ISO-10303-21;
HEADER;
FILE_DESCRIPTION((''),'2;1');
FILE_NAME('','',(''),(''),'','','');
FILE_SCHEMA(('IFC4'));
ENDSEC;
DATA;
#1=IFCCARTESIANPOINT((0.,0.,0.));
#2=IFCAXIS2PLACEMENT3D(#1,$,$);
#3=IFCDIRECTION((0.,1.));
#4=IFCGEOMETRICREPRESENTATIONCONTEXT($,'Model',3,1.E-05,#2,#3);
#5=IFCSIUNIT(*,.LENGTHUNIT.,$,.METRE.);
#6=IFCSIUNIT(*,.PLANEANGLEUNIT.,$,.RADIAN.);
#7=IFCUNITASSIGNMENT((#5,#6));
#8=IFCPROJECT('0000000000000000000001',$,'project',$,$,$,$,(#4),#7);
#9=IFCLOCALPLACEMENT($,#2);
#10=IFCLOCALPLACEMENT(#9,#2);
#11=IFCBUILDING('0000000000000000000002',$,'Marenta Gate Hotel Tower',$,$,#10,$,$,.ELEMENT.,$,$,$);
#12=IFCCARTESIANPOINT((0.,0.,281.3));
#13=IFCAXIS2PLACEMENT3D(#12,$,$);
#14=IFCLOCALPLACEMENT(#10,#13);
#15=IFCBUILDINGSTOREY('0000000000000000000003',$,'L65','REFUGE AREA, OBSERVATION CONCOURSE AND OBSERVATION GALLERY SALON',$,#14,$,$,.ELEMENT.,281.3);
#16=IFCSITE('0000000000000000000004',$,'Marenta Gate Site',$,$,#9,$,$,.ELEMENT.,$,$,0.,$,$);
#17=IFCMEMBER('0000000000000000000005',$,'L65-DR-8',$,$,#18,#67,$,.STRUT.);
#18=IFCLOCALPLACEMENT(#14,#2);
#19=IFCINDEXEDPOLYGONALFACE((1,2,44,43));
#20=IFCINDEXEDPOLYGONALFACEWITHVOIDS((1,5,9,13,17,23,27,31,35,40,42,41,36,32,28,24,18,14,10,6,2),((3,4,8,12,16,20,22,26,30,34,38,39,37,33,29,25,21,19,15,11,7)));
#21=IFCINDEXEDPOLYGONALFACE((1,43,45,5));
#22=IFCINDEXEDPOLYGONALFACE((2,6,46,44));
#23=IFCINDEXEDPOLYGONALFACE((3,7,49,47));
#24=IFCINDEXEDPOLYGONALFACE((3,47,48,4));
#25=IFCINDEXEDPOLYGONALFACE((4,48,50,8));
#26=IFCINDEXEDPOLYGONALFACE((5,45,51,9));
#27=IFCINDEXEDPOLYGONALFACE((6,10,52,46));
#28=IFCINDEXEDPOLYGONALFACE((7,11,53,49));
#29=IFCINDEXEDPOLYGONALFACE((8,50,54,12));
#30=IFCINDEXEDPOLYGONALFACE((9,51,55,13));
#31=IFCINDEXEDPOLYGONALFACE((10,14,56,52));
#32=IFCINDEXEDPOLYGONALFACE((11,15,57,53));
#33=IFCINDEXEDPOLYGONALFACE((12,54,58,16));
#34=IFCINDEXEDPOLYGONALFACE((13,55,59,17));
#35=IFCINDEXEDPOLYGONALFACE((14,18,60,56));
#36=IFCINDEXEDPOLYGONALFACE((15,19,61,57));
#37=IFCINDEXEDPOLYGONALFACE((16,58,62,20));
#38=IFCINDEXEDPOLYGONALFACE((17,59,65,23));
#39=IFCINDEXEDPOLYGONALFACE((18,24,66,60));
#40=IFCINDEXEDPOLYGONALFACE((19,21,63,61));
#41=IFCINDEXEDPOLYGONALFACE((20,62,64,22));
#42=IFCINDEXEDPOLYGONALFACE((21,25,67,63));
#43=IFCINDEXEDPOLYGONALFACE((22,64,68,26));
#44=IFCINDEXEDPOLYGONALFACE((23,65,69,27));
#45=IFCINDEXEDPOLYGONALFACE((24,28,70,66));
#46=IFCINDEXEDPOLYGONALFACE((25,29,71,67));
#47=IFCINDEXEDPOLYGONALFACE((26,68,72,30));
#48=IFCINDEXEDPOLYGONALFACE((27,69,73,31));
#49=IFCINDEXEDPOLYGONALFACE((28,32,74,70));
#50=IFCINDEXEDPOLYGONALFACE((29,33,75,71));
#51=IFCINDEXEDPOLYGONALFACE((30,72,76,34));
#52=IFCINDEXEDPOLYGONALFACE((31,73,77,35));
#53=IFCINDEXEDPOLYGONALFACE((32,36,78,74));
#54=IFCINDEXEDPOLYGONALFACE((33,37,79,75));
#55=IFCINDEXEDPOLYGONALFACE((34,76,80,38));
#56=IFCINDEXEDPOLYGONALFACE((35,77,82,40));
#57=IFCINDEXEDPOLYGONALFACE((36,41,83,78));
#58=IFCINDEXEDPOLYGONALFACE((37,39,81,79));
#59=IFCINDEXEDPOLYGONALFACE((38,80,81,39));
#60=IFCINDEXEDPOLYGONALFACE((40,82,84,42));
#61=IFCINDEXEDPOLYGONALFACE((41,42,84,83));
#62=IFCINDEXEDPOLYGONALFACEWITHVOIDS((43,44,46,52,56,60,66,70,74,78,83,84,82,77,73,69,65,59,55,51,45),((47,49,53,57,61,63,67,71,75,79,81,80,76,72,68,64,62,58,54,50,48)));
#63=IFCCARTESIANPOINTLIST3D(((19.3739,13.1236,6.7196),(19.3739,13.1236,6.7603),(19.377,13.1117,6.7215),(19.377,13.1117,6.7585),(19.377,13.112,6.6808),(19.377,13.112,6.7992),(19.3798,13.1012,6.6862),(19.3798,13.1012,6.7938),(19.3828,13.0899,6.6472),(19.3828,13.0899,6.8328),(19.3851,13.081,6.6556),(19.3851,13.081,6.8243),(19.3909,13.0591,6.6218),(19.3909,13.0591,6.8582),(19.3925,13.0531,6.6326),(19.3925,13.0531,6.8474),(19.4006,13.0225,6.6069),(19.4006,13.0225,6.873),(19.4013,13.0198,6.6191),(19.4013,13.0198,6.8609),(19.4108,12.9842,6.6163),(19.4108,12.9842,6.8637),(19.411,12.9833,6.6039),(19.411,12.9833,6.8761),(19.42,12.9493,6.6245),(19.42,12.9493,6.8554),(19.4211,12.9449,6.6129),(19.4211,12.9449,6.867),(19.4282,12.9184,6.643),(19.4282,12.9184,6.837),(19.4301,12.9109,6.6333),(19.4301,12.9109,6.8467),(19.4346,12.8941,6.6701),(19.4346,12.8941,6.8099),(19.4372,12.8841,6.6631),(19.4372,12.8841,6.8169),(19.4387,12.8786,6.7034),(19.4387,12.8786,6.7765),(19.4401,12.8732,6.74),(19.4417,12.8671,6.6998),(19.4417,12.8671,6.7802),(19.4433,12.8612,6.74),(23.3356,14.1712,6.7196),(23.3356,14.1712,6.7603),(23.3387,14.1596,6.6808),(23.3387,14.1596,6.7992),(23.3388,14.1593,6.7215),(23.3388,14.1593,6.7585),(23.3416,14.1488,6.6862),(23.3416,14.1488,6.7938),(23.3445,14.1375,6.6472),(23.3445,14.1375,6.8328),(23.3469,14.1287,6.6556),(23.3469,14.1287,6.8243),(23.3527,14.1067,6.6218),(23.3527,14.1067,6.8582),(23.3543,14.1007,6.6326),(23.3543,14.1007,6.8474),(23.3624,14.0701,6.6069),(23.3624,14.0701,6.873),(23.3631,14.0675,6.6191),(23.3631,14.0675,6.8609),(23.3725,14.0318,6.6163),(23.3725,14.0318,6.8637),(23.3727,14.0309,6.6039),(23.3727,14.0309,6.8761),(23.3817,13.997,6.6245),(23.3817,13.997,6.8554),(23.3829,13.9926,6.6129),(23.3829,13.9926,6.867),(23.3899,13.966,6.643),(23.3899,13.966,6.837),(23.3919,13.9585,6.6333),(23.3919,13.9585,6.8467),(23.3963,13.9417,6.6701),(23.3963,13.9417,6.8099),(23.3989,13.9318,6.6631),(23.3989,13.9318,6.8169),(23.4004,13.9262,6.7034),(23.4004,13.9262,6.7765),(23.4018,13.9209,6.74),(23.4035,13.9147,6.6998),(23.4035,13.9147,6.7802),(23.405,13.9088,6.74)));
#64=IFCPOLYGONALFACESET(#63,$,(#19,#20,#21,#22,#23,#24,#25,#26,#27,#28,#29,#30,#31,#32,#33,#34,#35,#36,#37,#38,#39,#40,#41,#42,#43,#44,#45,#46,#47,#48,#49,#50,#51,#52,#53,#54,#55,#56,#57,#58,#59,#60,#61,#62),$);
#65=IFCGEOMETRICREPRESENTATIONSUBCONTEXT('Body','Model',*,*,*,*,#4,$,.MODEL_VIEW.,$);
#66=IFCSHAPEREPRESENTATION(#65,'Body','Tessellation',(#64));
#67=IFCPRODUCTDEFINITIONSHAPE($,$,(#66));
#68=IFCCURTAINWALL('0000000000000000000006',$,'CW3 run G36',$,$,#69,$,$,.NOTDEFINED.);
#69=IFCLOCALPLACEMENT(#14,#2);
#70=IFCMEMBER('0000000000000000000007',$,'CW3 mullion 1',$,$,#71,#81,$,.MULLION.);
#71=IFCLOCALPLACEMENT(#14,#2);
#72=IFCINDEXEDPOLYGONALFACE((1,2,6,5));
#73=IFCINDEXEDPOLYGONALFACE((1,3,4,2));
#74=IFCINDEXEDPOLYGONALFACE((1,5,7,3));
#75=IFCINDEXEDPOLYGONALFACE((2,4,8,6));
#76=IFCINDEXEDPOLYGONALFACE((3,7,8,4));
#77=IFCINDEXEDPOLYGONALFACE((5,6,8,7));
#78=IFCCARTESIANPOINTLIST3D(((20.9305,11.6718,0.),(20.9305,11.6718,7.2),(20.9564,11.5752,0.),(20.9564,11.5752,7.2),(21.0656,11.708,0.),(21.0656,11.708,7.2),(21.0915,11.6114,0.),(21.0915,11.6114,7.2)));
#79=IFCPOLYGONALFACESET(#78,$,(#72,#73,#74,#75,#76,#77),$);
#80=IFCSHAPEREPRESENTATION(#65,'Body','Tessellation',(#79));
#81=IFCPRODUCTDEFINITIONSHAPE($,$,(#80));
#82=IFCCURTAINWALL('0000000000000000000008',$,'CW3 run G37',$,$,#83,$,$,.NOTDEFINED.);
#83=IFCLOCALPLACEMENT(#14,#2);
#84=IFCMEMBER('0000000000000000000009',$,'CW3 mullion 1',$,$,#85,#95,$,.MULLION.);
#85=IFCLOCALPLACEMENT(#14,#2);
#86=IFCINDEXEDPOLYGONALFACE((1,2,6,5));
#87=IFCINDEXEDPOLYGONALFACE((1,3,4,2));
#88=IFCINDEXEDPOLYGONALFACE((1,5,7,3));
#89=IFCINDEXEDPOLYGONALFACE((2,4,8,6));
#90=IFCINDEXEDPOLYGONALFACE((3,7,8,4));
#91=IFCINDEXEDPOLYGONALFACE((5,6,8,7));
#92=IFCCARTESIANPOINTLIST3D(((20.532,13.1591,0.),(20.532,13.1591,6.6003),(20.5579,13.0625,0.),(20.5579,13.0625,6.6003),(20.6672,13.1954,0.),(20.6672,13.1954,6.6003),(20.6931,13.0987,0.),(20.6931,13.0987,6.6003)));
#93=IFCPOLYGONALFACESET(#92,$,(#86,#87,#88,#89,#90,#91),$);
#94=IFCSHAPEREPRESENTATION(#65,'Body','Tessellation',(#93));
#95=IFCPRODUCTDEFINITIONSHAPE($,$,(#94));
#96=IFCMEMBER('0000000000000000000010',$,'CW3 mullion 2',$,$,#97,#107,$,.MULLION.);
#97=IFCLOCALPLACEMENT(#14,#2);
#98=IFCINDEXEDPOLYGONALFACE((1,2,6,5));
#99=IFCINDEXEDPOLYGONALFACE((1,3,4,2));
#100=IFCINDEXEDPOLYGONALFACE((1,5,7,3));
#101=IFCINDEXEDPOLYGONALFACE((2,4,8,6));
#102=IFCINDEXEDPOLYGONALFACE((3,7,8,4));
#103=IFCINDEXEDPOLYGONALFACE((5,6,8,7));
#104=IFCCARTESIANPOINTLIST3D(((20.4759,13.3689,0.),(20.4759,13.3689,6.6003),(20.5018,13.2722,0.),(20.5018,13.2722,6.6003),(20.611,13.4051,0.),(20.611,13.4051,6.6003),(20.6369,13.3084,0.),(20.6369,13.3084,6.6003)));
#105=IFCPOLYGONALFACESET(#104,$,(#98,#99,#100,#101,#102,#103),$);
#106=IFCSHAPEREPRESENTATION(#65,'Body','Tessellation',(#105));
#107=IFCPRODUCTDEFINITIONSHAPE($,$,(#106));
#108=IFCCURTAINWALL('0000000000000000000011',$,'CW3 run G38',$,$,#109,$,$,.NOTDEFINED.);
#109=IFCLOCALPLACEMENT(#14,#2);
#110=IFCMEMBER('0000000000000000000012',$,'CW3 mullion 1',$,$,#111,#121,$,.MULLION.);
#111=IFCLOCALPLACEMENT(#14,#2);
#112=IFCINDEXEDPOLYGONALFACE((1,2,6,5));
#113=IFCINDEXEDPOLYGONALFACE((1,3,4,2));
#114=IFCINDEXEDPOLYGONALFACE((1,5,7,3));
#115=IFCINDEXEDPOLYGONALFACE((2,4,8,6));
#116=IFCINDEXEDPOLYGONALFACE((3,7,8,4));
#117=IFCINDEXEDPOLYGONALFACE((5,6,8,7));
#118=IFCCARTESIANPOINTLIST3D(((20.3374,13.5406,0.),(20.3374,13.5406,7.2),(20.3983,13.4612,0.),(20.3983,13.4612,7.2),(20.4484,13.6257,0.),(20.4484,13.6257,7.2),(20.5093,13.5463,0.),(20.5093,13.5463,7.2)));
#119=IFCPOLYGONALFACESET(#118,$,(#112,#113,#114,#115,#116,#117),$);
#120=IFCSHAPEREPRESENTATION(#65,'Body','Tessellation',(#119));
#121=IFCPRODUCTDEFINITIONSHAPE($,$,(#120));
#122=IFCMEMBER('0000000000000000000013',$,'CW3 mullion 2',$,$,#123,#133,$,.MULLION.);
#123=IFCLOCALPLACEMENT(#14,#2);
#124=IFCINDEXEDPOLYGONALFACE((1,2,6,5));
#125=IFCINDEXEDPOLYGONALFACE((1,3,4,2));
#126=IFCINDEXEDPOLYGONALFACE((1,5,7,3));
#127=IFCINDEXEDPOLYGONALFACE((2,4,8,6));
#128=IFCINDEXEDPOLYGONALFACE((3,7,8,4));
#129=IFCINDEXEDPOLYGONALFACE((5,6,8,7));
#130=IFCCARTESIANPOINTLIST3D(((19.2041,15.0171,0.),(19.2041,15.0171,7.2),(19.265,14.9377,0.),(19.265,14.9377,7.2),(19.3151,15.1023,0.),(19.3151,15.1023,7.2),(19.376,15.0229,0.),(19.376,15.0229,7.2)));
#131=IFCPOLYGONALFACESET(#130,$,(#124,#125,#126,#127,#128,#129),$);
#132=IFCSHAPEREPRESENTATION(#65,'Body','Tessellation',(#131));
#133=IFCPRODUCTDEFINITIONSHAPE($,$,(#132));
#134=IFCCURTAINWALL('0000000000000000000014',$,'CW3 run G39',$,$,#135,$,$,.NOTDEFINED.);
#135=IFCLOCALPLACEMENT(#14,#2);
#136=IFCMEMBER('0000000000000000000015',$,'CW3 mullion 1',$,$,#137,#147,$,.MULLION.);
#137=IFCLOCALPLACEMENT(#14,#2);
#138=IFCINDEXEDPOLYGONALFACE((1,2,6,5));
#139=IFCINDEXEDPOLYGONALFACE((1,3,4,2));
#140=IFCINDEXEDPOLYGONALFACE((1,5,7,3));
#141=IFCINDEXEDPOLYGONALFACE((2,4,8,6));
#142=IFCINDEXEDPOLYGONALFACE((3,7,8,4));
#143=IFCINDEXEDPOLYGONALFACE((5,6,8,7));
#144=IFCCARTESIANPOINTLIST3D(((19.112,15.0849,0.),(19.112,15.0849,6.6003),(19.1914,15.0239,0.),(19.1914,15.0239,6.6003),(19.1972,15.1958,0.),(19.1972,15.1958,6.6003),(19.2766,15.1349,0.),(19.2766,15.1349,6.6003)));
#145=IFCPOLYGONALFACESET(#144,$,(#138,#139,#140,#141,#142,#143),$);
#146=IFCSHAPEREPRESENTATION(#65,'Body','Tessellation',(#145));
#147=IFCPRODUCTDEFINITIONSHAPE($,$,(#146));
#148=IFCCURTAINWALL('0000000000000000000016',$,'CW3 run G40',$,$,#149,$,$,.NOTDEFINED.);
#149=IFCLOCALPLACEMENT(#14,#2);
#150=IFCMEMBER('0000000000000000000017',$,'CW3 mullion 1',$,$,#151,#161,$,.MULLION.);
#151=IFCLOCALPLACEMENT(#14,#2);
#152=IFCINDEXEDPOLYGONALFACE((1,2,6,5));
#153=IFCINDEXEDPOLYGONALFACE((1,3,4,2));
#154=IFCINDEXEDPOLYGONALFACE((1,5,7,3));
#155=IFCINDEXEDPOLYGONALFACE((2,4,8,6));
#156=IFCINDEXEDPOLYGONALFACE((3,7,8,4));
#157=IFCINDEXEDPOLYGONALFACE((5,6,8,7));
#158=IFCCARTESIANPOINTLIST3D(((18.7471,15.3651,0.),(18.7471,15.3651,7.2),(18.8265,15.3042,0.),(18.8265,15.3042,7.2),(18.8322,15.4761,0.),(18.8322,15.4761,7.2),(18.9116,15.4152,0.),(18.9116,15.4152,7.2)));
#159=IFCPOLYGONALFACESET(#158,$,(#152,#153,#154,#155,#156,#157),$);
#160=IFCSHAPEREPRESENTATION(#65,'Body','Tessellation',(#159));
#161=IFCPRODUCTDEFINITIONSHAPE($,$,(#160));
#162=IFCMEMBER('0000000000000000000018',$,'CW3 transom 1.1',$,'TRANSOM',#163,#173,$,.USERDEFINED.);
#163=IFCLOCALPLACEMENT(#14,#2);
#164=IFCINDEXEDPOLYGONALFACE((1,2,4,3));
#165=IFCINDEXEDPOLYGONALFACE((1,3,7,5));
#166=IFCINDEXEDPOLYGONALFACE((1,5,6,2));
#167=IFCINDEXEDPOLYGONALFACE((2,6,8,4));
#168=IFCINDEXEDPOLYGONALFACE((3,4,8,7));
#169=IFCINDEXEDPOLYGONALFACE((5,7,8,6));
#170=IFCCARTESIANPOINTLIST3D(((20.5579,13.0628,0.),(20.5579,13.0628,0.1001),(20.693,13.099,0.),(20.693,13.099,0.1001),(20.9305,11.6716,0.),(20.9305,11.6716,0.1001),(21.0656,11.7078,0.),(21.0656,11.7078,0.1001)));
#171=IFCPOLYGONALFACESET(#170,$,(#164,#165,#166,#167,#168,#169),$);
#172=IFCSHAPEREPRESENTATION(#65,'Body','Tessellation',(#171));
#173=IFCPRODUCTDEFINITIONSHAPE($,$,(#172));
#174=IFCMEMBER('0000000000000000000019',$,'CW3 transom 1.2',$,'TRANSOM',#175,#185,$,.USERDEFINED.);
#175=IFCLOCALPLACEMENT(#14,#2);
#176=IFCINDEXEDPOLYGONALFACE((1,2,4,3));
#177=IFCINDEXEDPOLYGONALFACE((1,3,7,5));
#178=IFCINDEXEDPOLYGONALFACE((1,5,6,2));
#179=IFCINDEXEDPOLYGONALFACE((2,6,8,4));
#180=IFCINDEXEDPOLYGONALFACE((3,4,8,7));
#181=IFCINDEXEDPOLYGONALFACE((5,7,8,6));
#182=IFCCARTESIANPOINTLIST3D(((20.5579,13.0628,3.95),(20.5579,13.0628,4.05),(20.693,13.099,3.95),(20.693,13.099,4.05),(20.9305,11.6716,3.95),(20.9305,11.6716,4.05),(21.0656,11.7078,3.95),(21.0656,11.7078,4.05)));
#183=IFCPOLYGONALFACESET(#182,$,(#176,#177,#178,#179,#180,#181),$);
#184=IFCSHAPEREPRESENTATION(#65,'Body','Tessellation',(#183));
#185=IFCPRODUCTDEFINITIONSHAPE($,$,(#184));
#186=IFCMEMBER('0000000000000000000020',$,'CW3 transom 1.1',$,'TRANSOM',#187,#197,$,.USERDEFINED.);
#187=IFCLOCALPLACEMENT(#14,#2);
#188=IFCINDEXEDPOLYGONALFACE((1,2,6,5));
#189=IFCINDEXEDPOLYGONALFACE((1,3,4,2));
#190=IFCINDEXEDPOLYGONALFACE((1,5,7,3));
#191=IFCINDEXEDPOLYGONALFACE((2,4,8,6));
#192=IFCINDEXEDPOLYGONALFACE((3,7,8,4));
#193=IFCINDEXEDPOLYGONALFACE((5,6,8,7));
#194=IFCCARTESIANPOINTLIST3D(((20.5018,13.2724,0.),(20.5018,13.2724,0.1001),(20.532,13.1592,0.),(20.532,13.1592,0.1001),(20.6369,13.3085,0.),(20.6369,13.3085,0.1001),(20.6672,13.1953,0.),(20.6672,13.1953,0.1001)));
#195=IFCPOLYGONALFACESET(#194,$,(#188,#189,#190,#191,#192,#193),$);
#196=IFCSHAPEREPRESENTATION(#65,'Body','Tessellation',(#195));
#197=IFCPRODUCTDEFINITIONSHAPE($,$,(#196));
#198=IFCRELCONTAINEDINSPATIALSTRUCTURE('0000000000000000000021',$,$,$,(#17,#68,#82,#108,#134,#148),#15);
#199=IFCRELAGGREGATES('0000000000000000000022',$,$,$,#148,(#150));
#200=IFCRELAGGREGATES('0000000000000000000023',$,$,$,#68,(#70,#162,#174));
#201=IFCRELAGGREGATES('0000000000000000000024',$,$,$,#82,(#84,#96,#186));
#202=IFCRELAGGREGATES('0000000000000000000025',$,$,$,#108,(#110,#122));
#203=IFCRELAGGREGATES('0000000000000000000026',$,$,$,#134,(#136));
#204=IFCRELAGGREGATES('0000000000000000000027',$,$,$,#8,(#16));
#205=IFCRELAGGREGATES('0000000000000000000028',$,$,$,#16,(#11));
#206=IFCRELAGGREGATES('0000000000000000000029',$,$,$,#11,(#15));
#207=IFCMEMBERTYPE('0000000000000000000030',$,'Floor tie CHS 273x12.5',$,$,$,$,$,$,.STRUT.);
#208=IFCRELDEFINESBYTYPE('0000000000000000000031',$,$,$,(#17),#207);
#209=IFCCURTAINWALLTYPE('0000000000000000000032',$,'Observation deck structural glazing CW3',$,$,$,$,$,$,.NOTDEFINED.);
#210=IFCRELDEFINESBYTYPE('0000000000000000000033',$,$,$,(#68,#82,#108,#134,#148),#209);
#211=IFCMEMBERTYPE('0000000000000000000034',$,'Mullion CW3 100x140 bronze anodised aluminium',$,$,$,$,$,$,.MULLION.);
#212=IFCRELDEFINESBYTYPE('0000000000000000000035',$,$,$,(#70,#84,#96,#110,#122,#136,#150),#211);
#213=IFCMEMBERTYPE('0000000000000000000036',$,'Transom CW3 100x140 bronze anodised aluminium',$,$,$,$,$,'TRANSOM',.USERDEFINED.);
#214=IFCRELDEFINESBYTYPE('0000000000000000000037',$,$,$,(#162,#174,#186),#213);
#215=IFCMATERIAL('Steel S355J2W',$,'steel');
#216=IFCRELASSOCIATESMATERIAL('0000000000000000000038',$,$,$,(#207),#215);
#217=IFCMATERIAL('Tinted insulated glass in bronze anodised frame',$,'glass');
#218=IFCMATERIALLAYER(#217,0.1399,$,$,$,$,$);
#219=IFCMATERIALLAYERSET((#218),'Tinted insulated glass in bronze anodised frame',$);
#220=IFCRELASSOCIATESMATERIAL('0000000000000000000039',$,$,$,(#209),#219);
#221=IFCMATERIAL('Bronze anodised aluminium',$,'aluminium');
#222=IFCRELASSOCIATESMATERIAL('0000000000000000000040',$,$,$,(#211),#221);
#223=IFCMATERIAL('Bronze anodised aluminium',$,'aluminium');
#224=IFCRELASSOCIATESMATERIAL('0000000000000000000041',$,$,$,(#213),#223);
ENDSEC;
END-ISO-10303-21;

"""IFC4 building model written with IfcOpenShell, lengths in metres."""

from ifc_helpers import new_model, si_unit, direction, frame, origin, origin_2d, place, context, subcontext, project, spatial, rectangle, hollow_circle, extrude, material, layer, layer_set, material_profile, profile_set, type_object, element, aggregate, save


model = new_model("IFC4")

# Units and contexts
model_context = context("Model", 3, precision=1e-05, world=origin(), true_north=direction((0.0, 1.0)))
body_context = subcontext(model_context, "Body", "Model", "MODEL_VIEW")
ifc_project = project(units=[si_unit("LENGTHUNIT", "METRE"), si_unit("PLANEANGLEUNIT", "RADIAN")], contexts=[model_context])

# Site, building, storey
site_placement = place(None, origin())
site = spatial("IfcSite", under=ifc_project, at=site_placement, Name="Marenta Gate Site", CompositionType="ELEMENT", RefElevation=0.0)
building_placement = place(site_placement, origin())
building = spatial("IfcBuilding", under=site, at=building_placement, Name="Marenta Gate Hotel Tower", CompositionType="ELEMENT")
storey_placement = place(building_placement, frame((0.0, 0.0, 281.3)))
storey = spatial("IfcBuildingStorey", under=building, at=storey_placement, Name="L65", Description="REFUGE AREA, OBSERVATION CONCOURSE AND OBSERVATION GALLERY SALON", CompositionType="ELEMENT", Elevation=281.3)

# Member
ifc_material_1 = material(Name="Steel S355J2W", Category="steel")
ifc_material_profile_1 = material_profile(ifc_material_1, hollow_circle(Radius=0.1365, WallThickness=0.0125, at=origin_2d()), Name="CHS 273x12.5")
ifc_profile_set_1 = profile_set([ifc_material_profile_1], Name="Steel S355J2W")
member_type_1 = type_object("IfcMemberType", Name="Floor tie CHS 273x12.5", PredefinedType="STRUT", material=ifc_profile_set_1)
member_1_placement = place(storey_placement, frame((23.3701, 14.0408, 6.74), z_axis=(-0.96677, -0.255649, 0.0), x_axis=(0.255649, -0.96677, 0.0)))
element("IfcMember", 1, at=member_1_placement, inside=storey, type_object=member_type_1, Name="L65-DR-8", PredefinedType="STRUT", context=body_context, shape_type="SweptSolid", body=[
    extrude(hollow_circle(Radius=0.1365, WallThickness=0.0125, at=origin_2d()), origin(), (0.0, 0.0, 1.0), 4.0979),
])

# Curtain wall, member
ifc_material_2 = material(Name="Tinted insulated glass in bronze anodised frame", Category="glass")
ifc_layer_1 = layer(ifc_material_2, 0.1399)
ifc_layer_set_1 = layer_set([ifc_layer_1], Name="Tinted insulated glass in bronze anodised frame")
curtain_wall_type = type_object("IfcCurtainWallType", Name="Observation deck structural glazing CW3", PredefinedType="NOTDEFINED", material=ifc_layer_set_1)
curtain_wall_1_placement = place(storey_placement, origin())
curtain_wall_1 = element("IfcCurtainWall", 2, at=curtain_wall_1_placement, inside=storey, type_object=curtain_wall_type, Name="CW3 run G36", PredefinedType="NOTDEFINED")
ifc_material_3 = material(Name="Bronze anodised aluminium", Category="aluminium")
ifc_material_profile_2 = material_profile(ifc_material_3, rectangle(XDim=0.1399, YDim=0.1001, at=origin_2d()), Name="Mullion CW3 100x140 bronze anodised aluminium")
ifc_profile_set_2 = profile_set([ifc_material_profile_2], Name="Bronze anodised aluminium")
member_type_2 = type_object("IfcMemberType", Name="Mullion CW3 100x140 bronze anodised aluminium", PredefinedType="MULLION", material=ifc_profile_set_2)
member_2_placement = place(storey_placement, frame((21.011, 11.6416, 0.0), z_axis=(0.0, 0.0, 1.0), x_axis=(-0.965938, -0.258774, 0.0)))
member_2 = element("IfcMember", 3, at=member_2_placement, type_object=member_type_2, Name="CW3 mullion 1", PredefinedType="MULLION", context=body_context, shape_type="SweptSolid", body=[
    extrude(rectangle(XDim=0.1399, YDim=0.1001, at=origin_2d()), origin(), (0.0, 0.0, 1.0), 7.2),
])

# Curtain walls, members
curtain_wall_2_placement = place(storey_placement, origin())
curtain_wall_2 = element("IfcCurtainWall", 4, at=curtain_wall_2_placement, inside=storey, type_object=curtain_wall_type, Name="CW3 run G37", PredefinedType="NOTDEFINED")
member_3_placement = place(storey_placement, frame((20.6125, 13.1289, 0.0), z_axis=(0.0, 0.0, 1.0), x_axis=(-0.965904, -0.258899, 0.0)))
member_3 = element("IfcMember", 5, at=member_3_placement, type_object=member_type_2, Name="CW3 mullion 1", PredefinedType="MULLION", context=body_context, shape_type="SweptSolid", body=[
    extrude(rectangle(XDim=0.1399, YDim=0.1001, at=origin_2d()), origin(), (0.0, 0.0, 1.0), 6.6003),
])
member_4_placement = place(storey_placement, frame((20.5564, 13.3386, 0.0), z_axis=(0.0, 0.0, 1.0), x_axis=(-0.965904, -0.258899, 0.0)))
member_4 = element("IfcMember", 6, at=member_4_placement, type_object=member_type_2, Name="CW3 mullion 2", PredefinedType="MULLION", context=body_context, shape_type="SweptSolid", body=[
    extrude(rectangle(XDim=0.1399, YDim=0.1001, at=origin_2d()), origin(), (0.0, 0.0, 1.0), 6.6003),
])
curtain_wall_3_placement = place(storey_placement, origin())
curtain_wall_3 = element("IfcCurtainWall", 7, at=curtain_wall_3_placement, inside=storey, type_object=curtain_wall_type, Name="CW3 run G38", PredefinedType="NOTDEFINED")
member_5_placement = place(storey_placement, frame((20.4233, 13.5435, 0.0), z_axis=(0.0, 0.0, 1.0), x_axis=(-0.7933, -0.608831, 0.0)))
member_5 = element("IfcMember", 8, at=member_5_placement, type_object=member_type_2, Name="CW3 mullion 1", PredefinedType="MULLION", context=body_context, shape_type="SweptSolid", body=[
    extrude(rectangle(XDim=0.1399, YDim=0.1001, at=origin_2d()), origin(), (0.0, 0.0, 1.0), 7.2),
])
member_6_placement = place(storey_placement, frame((19.29, 15.02, 0.0), z_axis=(0.0, 0.0, 1.0), x_axis=(-0.7933, -0.608831, 0.0)))
member_6 = element("IfcMember", 9, at=member_6_placement, type_object=member_type_2, Name="CW3 mullion 2", PredefinedType="MULLION", context=body_context, shape_type="SweptSolid", body=[
    extrude(rectangle(XDim=0.1399, YDim=0.1001, at=origin_2d()), origin(), (0.0, 0.0, 1.0), 7.2),
])

# Curtain walls, members
curtain_wall_4_placement = place(storey_placement, origin())
curtain_wall_4 = element("IfcCurtainWall", 10, at=curtain_wall_4_placement, inside=storey, type_object=curtain_wall_type, Name="CW3 run G39", PredefinedType="NOTDEFINED")
member_7_placement = place(storey_placement, frame((19.1943, 15.1099, 0.0), z_axis=(0.0, 0.0, 1.0), x_axis=(-0.608902, -0.793246, 0.0)))
member_7 = element("IfcMember", 11, at=member_7_placement, type_object=member_type_2, Name="CW3 mullion 1", PredefinedType="MULLION", context=body_context, shape_type="SweptSolid", body=[
    extrude(rectangle(XDim=0.1399, YDim=0.1001, at=origin_2d()), origin(), (0.0, 0.0, 1.0), 6.6003),
])
curtain_wall_5_placement = place(storey_placement, origin())
curtain_wall_5 = element("IfcCurtainWall", 12, at=curtain_wall_5_placement, inside=storey, type_object=curtain_wall_type, Name="CW3 run G40", PredefinedType="NOTDEFINED")
member_8_placement = place(storey_placement, frame((18.8293, 15.3901, 0.0), z_axis=(0.0, 0.0, 1.0), x_axis=(-0.608795, -0.793327, 0.0)))
member_8 = element("IfcMember", 13, at=member_8_placement, type_object=member_type_2, Name="CW3 mullion 1", PredefinedType="MULLION", context=body_context, shape_type="SweptSolid", body=[
    extrude(rectangle(XDim=0.1399, YDim=0.1001, at=origin_2d()), origin(), (0.0, 0.0, 1.0), 7.2),
])

# Members
ifc_material_4 = material(Name="Bronze anodised aluminium", Category="aluminium")
ifc_material_profile_3 = material_profile(ifc_material_4, rectangle(XDim=0.1399, YDim=0.1001, at=origin_2d()), Name="Transom CW3 100x140 bronze anodised aluminium")
ifc_profile_set_3 = profile_set([ifc_material_profile_3], Name="Bronze anodised aluminium")
member_type_3 = type_object("IfcMemberType", Name="Transom CW3 100x140 bronze anodised aluminium", ElementType="TRANSOM", PredefinedType="USERDEFINED", material=ifc_profile_set_3)
member_9_placement = place(storey_placement, frame((20.998, 11.6897, 0.05), z_axis=(-0.258697, 0.965959, 0.0), x_axis=(-0.965959, -0.258697, 0.0)))
member_9 = element("IfcMember", 14, at=member_9_placement, type_object=member_type_3, Name="CW3 transom 1.1", ObjectType="TRANSOM", PredefinedType="USERDEFINED", context=body_context, shape_type="SweptSolid", body=[
    extrude(rectangle(XDim=0.1399, YDim=0.1001, at=origin_2d()), origin(), (0.0, 0.0, 1.0), 1.4402),
])
member_10_placement = place(storey_placement, frame((20.998, 11.6897, 4.0), z_axis=(-0.258697, 0.965959, 0.0), x_axis=(-0.965959, -0.258697, 0.0)))
member_10 = element("IfcMember", 15, at=member_10_placement, type_object=member_type_3, Name="CW3 transom 1.2", ObjectType="TRANSOM", PredefinedType="USERDEFINED", context=body_context, shape_type="SweptSolid", body=[
    extrude(rectangle(XDim=0.1399, YDim=0.1001, at=origin_2d()), origin(), (0.0, 0.0, 1.0), 1.4402),
])
member_11_placement = place(storey_placement, frame((20.5996, 13.1772, 0.05), z_axis=(-0.258181, 0.966097, 0.0), x_axis=(-0.966097, -0.258181, 0.0)))
member_11 = element("IfcMember", 16, at=member_11_placement, type_object=member_type_3, Name="CW3 transom 1.1", ObjectType="TRANSOM", PredefinedType="USERDEFINED", context=body_context, shape_type="SweptSolid", body=[
    extrude(rectangle(XDim=0.1399, YDim=0.1001, at=origin_2d()), origin(), (0.0, 0.0, 1.0), 0.1172),
])
aggregate(curtain_wall_5, [member_8])

aggregate(curtain_wall_1, [member_2, member_9, member_10])
aggregate(curtain_wall_2, [member_3, member_4, member_11])
aggregate(curtain_wall_3, [member_5, member_6])
aggregate(curtain_wall_4, [member_7])

save(model, "model.ifc")
